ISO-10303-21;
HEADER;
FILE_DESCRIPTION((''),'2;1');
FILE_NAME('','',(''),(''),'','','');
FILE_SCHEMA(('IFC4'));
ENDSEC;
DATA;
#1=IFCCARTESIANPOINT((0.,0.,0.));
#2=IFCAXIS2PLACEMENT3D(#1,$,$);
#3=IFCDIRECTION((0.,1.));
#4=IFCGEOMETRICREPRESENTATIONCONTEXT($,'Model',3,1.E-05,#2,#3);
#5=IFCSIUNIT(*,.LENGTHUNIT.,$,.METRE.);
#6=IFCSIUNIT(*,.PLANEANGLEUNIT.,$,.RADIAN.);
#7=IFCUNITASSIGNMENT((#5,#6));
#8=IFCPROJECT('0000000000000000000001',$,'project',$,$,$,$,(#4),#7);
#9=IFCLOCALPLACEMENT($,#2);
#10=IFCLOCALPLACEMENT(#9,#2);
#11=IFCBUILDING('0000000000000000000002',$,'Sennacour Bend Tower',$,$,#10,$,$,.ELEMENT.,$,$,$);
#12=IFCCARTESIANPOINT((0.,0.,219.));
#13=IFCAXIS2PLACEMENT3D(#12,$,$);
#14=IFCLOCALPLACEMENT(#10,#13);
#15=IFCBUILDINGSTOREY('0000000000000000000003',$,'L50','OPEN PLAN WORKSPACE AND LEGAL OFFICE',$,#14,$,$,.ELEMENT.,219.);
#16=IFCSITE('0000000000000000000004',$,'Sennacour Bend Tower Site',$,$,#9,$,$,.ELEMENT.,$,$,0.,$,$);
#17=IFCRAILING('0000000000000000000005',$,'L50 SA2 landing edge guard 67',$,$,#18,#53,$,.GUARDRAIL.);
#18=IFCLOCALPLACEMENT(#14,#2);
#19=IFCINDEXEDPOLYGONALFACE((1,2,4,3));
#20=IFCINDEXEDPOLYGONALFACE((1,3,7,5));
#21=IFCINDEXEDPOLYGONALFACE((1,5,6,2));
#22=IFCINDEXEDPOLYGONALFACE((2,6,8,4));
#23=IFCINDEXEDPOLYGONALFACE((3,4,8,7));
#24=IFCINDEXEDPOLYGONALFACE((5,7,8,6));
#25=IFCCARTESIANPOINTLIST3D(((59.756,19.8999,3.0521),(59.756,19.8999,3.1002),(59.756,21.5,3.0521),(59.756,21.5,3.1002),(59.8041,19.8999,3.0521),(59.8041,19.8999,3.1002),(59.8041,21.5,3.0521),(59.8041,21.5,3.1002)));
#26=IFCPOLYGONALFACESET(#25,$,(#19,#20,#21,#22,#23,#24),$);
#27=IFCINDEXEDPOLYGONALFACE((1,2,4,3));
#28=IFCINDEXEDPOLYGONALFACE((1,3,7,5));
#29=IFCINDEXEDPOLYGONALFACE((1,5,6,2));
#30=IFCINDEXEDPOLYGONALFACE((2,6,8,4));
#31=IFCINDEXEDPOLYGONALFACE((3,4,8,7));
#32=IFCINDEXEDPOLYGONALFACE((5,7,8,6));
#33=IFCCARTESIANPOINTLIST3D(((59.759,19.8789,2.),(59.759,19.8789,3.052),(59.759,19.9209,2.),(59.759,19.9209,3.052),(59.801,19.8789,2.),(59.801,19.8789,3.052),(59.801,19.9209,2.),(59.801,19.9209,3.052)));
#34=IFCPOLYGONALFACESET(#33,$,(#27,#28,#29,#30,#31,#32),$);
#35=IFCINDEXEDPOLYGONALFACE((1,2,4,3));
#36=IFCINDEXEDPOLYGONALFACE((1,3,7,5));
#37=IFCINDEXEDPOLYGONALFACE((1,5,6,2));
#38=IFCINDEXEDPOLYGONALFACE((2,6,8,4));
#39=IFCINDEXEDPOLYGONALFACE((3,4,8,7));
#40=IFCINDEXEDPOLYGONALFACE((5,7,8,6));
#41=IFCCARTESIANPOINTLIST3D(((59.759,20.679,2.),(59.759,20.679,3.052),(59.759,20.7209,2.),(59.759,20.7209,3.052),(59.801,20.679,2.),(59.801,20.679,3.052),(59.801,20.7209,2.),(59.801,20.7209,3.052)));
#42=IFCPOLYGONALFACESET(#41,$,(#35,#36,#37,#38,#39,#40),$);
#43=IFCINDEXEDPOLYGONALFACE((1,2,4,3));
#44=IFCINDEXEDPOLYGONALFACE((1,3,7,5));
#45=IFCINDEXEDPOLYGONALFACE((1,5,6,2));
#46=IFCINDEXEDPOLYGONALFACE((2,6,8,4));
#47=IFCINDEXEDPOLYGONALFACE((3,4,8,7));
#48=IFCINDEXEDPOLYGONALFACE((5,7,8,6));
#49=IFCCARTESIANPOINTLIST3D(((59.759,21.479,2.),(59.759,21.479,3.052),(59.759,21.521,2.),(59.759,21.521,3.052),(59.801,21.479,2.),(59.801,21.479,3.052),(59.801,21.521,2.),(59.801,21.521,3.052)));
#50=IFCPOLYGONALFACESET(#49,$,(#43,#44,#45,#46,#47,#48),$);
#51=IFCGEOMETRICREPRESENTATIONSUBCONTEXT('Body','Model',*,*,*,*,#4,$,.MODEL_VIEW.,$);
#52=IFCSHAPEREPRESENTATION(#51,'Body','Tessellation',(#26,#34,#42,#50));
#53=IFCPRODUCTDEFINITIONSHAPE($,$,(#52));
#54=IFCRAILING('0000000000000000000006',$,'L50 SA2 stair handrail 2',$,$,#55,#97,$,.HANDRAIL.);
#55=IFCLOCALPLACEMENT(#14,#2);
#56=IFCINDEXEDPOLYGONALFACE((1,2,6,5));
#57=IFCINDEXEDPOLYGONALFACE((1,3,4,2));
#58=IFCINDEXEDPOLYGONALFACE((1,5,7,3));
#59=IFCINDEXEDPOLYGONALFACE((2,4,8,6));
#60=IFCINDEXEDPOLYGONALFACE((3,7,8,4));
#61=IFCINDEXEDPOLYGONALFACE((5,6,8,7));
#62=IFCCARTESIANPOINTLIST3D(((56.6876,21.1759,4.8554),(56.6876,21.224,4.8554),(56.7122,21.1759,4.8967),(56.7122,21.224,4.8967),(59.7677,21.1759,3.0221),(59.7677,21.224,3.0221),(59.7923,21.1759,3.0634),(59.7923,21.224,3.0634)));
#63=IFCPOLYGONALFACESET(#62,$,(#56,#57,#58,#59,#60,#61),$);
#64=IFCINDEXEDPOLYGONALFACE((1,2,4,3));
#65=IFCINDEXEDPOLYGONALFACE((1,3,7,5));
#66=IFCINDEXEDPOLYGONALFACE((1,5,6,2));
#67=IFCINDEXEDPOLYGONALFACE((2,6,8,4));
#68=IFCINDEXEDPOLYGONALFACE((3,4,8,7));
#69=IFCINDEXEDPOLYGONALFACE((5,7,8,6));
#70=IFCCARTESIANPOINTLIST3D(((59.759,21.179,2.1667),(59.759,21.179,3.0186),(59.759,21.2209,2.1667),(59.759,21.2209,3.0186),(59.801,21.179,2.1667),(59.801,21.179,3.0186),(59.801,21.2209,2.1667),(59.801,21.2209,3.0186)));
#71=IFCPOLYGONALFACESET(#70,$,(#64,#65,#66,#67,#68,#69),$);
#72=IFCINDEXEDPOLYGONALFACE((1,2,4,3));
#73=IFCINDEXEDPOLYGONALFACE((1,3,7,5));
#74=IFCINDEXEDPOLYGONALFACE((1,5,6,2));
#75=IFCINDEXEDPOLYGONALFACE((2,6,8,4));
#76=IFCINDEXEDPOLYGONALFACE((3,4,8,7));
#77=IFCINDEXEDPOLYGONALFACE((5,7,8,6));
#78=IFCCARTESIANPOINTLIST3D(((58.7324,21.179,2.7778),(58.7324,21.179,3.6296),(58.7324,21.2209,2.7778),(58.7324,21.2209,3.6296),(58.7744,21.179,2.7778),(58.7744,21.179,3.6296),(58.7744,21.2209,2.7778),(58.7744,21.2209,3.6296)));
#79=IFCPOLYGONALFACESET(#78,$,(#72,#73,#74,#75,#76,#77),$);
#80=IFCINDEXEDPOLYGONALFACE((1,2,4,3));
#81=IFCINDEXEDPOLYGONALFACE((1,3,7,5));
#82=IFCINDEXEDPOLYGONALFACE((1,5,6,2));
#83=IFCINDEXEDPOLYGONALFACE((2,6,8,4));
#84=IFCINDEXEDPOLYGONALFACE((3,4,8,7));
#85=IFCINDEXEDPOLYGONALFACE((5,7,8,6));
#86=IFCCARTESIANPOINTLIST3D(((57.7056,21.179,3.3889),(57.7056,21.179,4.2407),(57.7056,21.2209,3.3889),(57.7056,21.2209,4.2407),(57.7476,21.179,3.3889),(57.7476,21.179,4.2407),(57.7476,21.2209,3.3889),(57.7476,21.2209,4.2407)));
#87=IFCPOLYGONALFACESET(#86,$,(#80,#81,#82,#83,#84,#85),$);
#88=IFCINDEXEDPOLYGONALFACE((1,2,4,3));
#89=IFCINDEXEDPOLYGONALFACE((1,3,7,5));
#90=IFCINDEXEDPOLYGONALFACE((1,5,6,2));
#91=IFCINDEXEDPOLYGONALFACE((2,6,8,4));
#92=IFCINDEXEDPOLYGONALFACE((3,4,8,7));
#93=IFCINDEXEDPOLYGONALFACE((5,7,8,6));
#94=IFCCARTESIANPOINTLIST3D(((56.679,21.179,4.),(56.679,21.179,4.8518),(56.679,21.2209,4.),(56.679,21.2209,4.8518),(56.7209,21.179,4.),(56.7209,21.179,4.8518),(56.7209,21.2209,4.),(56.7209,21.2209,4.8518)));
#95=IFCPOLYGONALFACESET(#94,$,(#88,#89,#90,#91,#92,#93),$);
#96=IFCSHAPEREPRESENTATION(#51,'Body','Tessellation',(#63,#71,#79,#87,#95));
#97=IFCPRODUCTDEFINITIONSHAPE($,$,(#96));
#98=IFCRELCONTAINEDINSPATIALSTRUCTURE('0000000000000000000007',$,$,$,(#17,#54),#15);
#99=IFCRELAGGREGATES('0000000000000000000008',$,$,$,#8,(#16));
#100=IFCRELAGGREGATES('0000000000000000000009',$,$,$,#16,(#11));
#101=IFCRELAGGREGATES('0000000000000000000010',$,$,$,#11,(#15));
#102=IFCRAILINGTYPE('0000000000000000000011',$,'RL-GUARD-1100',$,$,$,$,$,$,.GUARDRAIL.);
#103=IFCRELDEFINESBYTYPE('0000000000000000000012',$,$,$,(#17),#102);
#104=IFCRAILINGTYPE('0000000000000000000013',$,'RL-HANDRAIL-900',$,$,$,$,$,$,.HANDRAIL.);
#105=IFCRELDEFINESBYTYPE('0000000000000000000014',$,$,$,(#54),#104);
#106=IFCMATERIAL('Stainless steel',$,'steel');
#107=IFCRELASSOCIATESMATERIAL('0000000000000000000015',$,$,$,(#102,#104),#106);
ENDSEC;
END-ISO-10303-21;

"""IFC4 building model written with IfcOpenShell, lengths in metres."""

from ifc_helpers import new_model, si_unit, direction, frame, origin, origin_2d, place, context, subcontext, project, spatial, rectangle, extrude, material, type_object, element, save


model = new_model("IFC4")

# Units and contexts
model_context = context("Model", 3, precision=1e-05, world=origin(), true_north=direction((0.0, 1.0)))
body_context = subcontext(model_context, "Body", "Model", "MODEL_VIEW")
ifc_project = project(units=[si_unit("LENGTHUNIT", "METRE"), si_unit("PLANEANGLEUNIT", "RADIAN")], contexts=[model_context])

# Site, building, storey
site_placement = place(None, origin())
site = spatial("IfcSite", under=ifc_project, at=site_placement, Name="Sennacour Bend Tower Site", CompositionType="ELEMENT", RefElevation=0.0)
building_placement = place(site_placement, origin())
building = spatial("IfcBuilding", under=site, at=building_placement, Name="Sennacour Bend Tower", CompositionType="ELEMENT")
storey_placement = place(building_placement, frame((0.0, 0.0, 219.0)))
storey = spatial("IfcBuildingStorey", under=building, at=storey_placement, Name="L50", Description="OPEN PLAN WORKSPACE AND LEGAL OFFICE", CompositionType="ELEMENT", Elevation=219.0)

# Shared definitions
ifc_material_1 = material(Name="Stainless steel", Category="steel")

# Railings
railing_type_1 = type_object("IfcRailingType", Name="RL-GUARD-1100", PredefinedType="GUARDRAIL", material=ifc_material_1)
railing_1_placement = place(storey_placement, frame((59.78, 19.8999, 2.0)))
element("IfcRailing", 1, at=railing_1_placement, inside=storey, type_object=railing_type_1, Name="L50 SA2 landing edge guard 67", PredefinedType="GUARDRAIL", context=body_context, shape_type="SweptSolid", body=[
    extrude(rectangle(XDim=0.0481, YDim=0.0481, at=origin_2d()), frame((0.0, 0.0, 1.0762), z_axis=(0.0, 1.0, 0.0), x_axis=(-1.0, 0.0, 0.0)), (0.0, 0.0, 1.0), 1.6001),
    extrude(rectangle(XDim=0.042, YDim=0.042, at=origin_2d()), origin(), (0.0, 0.0, 1.0), 1.052),
    extrude(rectangle(XDim=0.042, YDim=0.042, at=origin_2d()), frame((0.0, 0.8, 0.0)), (0.0, 0.0, 1.0), 1.052),
    extrude(rectangle(XDim=0.042, YDim=0.042, at=origin_2d()), frame((0.0, 1.6001, 0.0)), (0.0, 0.0, 1.0), 1.052),
])
railing_type_2 = type_object("IfcRailingType", Name="RL-HANDRAIL-900", PredefinedType="HANDRAIL", material=ifc_material_1)
railing_2_placement = place(storey_placement, frame((59.78, 21.2, 2.1667)))
element("IfcRailing", 2, at=railing_2_placement, inside=storey, type_object=railing_type_2, Name="L50 SA2 stair handrail 2", PredefinedType="HANDRAIL", context=body_context, shape_type="SweptSolid", body=[
    extrude(rectangle(XDim=0.0481, YDim=0.0481, at=origin_2d()), frame((0.0, 0.0, 0.876), z_axis=(-0.859309, 0.0, 0.511458), x_axis=(0.0, -1.0, 0.0)), (0.0, 0.0, 1.0), 3.5845),
    extrude(rectangle(XDim=0.042, YDim=0.042, at=origin_2d()), origin(), (0.0, 0.0, 1.0), 0.8518),
    extrude(rectangle(XDim=0.042, YDim=0.042, at=origin_2d()), frame((-1.0266, 0.0, 0.6111)), (0.0, 0.0, 1.0), 0.8518),
    extrude(rectangle(XDim=0.042, YDim=0.042, at=origin_2d()), frame((-2.0535, 0.0, 1.2222)), (0.0, 0.0, 1.0), 0.8518),
    extrude(rectangle(XDim=0.042, YDim=0.042, at=origin_2d()), frame((-3.0801, 0.0, 1.8333)), (0.0, 0.0, 1.0), 0.8518),
])

save(model, "model.ifc")
